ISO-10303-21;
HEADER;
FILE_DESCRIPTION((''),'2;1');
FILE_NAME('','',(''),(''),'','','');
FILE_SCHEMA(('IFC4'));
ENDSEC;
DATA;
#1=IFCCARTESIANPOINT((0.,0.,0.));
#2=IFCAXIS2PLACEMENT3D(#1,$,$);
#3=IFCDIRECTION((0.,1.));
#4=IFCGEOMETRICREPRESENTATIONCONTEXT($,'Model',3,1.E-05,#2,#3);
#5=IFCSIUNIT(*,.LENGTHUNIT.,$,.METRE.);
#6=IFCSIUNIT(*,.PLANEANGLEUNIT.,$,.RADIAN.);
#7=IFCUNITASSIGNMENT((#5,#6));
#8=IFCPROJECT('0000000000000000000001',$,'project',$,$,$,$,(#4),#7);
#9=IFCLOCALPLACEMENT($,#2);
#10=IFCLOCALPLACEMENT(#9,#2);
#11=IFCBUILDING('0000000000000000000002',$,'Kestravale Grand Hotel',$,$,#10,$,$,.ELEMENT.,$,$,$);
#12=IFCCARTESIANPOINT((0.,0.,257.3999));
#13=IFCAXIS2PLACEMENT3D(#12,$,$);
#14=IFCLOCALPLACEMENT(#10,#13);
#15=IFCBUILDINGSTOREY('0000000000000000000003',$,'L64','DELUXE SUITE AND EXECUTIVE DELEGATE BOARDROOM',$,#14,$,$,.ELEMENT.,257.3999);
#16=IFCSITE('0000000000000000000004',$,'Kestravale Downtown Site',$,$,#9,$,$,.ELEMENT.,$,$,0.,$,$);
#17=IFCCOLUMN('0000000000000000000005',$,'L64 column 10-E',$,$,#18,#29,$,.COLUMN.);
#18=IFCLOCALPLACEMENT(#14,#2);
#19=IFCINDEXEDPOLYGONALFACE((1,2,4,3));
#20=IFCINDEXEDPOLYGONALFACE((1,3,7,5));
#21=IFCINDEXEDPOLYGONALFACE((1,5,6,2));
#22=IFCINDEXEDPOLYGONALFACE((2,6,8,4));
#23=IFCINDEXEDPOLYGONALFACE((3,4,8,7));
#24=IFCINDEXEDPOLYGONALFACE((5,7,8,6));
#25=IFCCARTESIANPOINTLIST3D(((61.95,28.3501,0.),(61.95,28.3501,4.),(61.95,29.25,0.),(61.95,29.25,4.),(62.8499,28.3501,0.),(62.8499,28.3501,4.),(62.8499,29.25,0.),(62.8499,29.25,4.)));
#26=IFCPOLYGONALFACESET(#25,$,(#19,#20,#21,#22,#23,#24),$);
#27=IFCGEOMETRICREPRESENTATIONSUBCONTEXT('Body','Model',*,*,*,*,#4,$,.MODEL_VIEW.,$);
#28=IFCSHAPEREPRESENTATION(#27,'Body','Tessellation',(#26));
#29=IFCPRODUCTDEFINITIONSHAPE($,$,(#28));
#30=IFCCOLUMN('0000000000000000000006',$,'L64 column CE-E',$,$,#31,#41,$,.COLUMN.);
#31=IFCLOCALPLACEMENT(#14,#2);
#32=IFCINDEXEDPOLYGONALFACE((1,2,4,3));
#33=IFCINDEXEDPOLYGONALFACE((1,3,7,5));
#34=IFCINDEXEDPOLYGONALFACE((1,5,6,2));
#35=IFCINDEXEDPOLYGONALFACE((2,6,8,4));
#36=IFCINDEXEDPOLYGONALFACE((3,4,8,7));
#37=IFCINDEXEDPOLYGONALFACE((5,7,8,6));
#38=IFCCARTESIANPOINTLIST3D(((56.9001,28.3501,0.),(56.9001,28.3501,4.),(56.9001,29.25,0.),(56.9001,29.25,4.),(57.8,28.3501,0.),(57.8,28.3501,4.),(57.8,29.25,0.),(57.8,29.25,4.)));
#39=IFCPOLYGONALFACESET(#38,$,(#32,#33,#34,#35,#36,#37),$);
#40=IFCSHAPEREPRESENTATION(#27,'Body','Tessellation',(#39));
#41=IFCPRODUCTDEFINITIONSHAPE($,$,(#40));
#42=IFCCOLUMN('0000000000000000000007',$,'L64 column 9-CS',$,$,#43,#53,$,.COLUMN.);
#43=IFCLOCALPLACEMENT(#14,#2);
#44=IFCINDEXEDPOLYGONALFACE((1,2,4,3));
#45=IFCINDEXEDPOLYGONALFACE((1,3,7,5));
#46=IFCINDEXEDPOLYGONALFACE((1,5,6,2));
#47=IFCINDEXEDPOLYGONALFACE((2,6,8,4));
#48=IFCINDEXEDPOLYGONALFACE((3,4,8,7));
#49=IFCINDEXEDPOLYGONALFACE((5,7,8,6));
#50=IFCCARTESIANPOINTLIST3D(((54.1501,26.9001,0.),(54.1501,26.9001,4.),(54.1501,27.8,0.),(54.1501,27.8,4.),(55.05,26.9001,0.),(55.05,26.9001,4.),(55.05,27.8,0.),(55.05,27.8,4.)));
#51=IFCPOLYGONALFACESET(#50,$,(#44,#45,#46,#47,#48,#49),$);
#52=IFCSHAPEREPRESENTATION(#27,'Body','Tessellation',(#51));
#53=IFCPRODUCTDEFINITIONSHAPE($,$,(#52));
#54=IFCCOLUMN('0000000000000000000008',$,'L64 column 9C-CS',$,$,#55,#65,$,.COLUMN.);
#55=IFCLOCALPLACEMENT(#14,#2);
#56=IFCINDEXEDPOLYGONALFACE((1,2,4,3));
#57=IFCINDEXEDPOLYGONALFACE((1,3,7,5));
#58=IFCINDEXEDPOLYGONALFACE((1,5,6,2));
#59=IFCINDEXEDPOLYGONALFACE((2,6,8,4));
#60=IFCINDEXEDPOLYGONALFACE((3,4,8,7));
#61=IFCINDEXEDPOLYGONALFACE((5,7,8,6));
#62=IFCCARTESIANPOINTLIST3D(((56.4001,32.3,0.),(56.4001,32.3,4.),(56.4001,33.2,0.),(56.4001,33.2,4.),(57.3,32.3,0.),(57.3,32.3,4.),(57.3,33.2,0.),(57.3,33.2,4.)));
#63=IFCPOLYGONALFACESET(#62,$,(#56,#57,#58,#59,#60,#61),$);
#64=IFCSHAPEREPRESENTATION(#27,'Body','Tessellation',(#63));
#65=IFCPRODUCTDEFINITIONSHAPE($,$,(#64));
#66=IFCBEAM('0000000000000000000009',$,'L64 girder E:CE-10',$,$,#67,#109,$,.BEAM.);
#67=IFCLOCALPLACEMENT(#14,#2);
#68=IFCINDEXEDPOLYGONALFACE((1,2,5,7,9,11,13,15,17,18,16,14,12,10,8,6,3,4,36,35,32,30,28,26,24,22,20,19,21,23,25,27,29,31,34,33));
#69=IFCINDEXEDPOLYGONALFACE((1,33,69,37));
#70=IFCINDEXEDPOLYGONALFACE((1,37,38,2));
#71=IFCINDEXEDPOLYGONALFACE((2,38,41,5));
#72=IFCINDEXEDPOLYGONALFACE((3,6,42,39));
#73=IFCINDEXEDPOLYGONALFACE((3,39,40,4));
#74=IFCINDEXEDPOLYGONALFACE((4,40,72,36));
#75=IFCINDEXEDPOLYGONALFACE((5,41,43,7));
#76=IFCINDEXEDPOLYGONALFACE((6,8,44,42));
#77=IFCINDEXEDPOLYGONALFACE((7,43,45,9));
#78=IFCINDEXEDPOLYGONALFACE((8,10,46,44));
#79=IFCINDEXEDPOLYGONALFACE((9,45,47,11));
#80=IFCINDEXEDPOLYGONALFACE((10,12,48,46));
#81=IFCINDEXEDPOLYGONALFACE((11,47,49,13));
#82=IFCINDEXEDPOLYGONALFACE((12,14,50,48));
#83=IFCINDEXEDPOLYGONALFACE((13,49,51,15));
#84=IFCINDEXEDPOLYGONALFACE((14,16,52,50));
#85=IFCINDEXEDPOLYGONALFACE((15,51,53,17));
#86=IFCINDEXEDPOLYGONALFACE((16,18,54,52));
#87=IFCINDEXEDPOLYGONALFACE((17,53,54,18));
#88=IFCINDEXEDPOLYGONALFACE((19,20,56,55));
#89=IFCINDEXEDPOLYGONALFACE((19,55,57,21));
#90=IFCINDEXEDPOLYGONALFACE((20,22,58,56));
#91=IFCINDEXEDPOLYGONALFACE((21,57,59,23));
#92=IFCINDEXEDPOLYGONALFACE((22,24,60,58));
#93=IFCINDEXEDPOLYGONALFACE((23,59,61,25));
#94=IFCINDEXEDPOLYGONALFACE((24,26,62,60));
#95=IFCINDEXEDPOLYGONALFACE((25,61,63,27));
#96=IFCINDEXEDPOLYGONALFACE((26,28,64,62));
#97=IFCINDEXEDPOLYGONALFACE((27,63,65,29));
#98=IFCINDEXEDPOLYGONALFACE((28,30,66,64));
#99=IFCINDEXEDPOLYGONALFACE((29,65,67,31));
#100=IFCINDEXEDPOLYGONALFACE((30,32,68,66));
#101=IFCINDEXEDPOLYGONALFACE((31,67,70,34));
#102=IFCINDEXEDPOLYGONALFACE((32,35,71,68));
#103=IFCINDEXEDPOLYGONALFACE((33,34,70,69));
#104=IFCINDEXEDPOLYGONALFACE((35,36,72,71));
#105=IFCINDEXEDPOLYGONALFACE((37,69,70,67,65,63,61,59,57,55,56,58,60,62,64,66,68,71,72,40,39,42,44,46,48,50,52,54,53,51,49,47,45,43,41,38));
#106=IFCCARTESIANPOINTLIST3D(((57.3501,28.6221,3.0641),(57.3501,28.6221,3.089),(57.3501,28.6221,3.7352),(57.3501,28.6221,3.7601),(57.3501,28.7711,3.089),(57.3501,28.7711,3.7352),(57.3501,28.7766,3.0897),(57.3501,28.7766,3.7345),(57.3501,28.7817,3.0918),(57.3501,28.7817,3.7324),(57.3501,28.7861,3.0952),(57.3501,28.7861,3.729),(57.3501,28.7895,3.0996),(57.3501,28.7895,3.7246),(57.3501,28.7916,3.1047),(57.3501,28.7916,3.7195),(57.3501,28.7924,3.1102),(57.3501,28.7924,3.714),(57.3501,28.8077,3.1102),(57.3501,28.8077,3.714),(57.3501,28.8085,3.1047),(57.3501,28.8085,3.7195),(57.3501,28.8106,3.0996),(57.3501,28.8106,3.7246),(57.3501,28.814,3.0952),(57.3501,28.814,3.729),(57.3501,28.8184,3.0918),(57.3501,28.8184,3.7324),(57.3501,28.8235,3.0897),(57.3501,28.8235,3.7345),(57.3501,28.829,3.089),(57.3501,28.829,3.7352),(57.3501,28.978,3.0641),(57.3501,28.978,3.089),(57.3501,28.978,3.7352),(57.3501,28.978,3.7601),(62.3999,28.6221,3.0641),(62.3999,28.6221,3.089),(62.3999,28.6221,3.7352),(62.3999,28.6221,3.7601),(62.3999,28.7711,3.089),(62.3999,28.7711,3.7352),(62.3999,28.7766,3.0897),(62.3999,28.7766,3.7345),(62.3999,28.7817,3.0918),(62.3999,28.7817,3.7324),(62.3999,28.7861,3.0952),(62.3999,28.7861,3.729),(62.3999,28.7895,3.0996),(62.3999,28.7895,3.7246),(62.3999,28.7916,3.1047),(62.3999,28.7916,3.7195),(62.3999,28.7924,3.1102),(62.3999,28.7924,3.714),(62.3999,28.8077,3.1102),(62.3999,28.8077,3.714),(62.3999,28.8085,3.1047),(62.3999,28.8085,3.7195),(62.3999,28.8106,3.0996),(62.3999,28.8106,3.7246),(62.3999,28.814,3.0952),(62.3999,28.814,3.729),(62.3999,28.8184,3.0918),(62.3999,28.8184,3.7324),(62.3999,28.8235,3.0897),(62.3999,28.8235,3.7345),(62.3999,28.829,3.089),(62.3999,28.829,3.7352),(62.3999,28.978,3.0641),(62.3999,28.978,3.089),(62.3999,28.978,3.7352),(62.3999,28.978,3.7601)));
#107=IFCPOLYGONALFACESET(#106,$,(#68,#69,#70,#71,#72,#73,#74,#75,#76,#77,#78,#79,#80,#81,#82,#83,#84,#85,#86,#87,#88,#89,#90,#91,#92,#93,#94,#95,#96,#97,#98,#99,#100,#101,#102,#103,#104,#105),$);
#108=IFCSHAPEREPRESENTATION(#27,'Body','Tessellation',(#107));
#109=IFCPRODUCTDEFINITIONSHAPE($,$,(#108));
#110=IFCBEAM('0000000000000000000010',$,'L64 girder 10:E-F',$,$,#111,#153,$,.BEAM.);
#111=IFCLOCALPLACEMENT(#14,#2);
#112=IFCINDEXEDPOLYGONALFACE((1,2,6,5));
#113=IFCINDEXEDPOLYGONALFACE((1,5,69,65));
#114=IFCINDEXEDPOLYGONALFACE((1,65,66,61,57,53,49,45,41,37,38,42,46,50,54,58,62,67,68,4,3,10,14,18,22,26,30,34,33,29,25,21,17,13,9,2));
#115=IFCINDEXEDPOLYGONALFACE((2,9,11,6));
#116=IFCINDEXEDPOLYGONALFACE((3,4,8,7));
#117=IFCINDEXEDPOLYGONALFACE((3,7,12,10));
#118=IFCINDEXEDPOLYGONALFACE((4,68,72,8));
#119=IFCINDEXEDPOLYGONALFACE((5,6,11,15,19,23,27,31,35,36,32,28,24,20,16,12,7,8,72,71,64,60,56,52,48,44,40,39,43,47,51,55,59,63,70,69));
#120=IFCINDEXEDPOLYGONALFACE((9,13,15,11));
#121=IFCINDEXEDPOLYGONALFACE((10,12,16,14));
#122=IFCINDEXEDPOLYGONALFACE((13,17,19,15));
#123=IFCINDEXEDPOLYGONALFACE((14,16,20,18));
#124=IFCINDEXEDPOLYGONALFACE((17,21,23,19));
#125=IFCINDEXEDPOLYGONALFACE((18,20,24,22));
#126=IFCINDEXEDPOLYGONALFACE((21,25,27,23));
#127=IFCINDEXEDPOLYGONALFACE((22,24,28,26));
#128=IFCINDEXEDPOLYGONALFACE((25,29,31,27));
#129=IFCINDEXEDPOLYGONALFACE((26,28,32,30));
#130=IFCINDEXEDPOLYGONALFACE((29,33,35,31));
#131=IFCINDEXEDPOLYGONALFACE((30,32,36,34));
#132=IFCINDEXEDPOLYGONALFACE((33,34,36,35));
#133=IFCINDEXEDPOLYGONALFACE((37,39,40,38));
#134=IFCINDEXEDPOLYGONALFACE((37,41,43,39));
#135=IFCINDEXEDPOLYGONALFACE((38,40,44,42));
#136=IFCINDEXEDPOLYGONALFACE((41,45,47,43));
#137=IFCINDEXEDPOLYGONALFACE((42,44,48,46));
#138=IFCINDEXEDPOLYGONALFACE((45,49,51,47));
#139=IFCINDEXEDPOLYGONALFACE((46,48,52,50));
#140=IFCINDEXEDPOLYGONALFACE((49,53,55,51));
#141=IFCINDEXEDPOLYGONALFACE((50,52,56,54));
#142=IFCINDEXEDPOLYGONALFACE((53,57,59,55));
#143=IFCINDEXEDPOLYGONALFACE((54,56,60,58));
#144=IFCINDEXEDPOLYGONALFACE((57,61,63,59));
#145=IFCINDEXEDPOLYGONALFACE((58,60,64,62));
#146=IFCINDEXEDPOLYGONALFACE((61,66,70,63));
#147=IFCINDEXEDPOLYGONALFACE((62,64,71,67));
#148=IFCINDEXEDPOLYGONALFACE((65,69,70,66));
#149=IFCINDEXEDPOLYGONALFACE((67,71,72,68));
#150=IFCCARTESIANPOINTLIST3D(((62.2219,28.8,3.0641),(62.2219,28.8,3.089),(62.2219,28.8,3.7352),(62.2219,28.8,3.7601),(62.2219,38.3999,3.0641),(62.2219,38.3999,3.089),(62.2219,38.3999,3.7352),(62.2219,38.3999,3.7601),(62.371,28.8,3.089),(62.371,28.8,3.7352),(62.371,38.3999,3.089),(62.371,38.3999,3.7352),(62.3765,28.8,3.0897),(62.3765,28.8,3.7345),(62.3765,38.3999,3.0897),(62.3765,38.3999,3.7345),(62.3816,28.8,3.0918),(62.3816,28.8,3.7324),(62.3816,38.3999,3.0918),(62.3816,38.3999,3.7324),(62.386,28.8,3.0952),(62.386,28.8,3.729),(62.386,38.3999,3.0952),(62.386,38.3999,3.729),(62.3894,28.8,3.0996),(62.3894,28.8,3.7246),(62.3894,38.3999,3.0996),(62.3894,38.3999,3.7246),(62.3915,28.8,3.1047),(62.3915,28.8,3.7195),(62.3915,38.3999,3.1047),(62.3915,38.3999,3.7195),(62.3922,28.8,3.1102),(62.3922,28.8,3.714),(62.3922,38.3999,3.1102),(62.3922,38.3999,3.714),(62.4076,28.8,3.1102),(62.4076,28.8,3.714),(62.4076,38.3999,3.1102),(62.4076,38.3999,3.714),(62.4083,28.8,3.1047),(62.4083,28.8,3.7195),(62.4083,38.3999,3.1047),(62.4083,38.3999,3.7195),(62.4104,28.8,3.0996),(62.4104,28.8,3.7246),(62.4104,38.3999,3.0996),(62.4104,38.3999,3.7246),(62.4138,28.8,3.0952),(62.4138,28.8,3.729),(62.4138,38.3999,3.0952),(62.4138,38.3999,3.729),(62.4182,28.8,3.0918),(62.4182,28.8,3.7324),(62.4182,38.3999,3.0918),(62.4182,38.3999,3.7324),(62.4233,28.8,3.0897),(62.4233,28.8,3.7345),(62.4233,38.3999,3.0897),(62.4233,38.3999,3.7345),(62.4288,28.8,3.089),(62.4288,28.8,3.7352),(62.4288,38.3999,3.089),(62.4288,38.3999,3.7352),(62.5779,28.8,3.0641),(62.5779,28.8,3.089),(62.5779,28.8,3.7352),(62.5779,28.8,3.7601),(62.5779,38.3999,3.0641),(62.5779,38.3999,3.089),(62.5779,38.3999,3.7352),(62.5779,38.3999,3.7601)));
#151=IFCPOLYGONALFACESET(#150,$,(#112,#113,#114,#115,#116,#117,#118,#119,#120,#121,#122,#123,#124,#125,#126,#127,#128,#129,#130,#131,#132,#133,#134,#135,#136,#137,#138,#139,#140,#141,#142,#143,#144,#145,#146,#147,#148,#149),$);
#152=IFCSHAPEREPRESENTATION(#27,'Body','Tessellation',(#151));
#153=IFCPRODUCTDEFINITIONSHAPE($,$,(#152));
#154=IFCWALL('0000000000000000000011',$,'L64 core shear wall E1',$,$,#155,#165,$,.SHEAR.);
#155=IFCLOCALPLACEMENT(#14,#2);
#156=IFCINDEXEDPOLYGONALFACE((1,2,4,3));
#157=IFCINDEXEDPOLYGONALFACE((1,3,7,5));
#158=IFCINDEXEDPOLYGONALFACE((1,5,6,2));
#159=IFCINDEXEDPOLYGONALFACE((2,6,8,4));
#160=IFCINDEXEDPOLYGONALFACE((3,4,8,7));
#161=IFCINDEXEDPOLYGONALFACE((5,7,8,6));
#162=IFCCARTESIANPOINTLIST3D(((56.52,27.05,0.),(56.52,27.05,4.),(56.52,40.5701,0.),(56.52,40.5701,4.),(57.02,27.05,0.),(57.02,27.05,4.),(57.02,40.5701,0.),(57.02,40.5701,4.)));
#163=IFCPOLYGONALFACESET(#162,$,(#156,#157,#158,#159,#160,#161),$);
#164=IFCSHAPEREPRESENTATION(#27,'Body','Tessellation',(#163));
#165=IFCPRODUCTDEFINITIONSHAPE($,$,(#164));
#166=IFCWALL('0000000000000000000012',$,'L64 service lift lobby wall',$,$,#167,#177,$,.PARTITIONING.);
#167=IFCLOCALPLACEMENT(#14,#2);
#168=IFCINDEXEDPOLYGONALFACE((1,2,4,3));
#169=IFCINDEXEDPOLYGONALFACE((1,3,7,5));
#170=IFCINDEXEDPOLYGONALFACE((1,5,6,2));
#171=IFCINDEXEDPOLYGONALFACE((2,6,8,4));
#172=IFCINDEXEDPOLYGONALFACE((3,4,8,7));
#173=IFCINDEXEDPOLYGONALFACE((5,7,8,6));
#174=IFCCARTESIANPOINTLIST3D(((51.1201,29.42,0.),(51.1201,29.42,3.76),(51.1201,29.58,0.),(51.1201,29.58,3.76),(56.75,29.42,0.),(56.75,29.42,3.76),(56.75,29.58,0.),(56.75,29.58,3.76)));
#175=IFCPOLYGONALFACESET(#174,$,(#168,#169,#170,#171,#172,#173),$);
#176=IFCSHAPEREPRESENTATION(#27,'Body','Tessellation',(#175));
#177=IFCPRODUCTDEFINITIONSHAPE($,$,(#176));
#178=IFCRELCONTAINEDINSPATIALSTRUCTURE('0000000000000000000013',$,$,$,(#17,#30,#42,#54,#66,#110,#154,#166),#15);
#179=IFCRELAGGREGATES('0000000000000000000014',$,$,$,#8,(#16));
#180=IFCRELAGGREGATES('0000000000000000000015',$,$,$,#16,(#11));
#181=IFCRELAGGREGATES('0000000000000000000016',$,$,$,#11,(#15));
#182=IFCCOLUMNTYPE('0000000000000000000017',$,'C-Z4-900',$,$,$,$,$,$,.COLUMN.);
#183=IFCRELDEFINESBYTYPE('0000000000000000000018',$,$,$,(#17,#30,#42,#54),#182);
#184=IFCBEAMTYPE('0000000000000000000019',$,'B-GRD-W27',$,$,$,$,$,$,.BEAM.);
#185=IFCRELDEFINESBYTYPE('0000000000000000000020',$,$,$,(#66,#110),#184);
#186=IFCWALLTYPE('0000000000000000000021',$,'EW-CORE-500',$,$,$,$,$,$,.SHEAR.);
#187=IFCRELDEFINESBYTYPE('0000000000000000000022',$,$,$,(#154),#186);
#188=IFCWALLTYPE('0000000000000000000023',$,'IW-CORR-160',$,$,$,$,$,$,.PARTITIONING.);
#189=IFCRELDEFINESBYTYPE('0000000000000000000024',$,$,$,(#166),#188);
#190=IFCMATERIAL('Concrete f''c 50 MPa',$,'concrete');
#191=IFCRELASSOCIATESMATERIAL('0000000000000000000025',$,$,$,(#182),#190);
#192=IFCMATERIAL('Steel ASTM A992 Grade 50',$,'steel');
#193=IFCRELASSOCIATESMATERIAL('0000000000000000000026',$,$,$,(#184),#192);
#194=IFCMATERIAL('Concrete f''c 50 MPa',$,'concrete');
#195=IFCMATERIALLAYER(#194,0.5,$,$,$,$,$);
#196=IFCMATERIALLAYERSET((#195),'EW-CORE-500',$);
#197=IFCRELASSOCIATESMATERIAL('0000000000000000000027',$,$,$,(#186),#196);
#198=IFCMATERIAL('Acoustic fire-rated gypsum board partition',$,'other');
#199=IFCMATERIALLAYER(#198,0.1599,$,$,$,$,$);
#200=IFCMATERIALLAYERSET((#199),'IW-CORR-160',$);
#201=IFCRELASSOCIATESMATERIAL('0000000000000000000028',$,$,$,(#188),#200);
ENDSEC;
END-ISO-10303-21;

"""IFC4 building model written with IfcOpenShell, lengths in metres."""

from ifc_helpers import new_model, si_unit, direction, frame, frame_2d, origin, origin_2d, place, context, subcontext, project, spatial, rectangle, i_section, extrude, material, layer, layer_set, material_profile, profile_set, type_object, element, save


model = new_model("IFC4")

# Units and contexts
model_context = context("Model", 3, precision=1e-05, world=origin(), true_north=direction((0.0, 1.0)))
body_context = subcontext(model_context, "Body", "Model", "MODEL_VIEW")
ifc_project = project(units=[si_unit("LENGTHUNIT", "METRE"), si_unit("PLANEANGLEUNIT", "RADIAN")], contexts=[model_context])

# Site, building, storey
site_placement = place(None, origin())
site = spatial("IfcSite", under=ifc_project, at=site_placement, Name="Kestravale Downtown Site", CompositionType="ELEMENT", RefElevation=0.0)
building_placement = place(site_placement, origin())
building = spatial("IfcBuilding", under=site, at=building_placement, Name="Kestravale Grand Hotel", CompositionType="ELEMENT")
storey_placement = place(building_placement, frame((0.0, 0.0, 257.3999)))
storey = spatial("IfcBuildingStorey", under=building, at=storey_placement, Name="L64", Description="DELUXE SUITE AND EXECUTIVE DELEGATE BOARDROOM", CompositionType="ELEMENT", Elevation=257.3999)

# Columns
ifc_material_1 = material(Name="Concrete f'c 50 MPa", Category="concrete")
ifc_material_profile_1 = material_profile(ifc_material_1, rectangle(XDim=0.8999, YDim=0.8999, at=origin_2d()))
ifc_profile_set_1 = profile_set([ifc_material_profile_1], Name="Concrete f'c 50 MPa")
column_type = type_object("IfcColumnType", Name="C-Z4-900", PredefinedType="COLUMN", material=ifc_profile_set_1)
for number, where, z_axis, x_axis, name in (
    (1, (62.3999, 28.8, 0.0), (0.0, 0.0, 1.0), (1.0, 0.0, 0.0), "L64 column 10-E"),
    (2, (57.3501, 28.8, 0.0), (0.0, 0.0, 1.0), (1.0, 0.0, 0.0), "L64 column CE-E"),
    (3, (54.6001, 27.3501, 0.0), (0.0, 0.0, 1.0), (1.0, 0.0, 0.0), "L64 column 9-CS"),
    (4, (56.8501, 32.75, 0.0), (0.0, 0.0, 1.0), (1.0, 0.0, 0.0), "L64 column 9C-CS"),
):
    element("IfcColumn", number, at=place(storey_placement, frame(where, z_axis=z_axis, x_axis=x_axis)), inside=storey, type_object=column_type, Name=name, PredefinedType="COLUMN", context=body_context, shape_type="SweptSolid", body=[
        extrude(rectangle(XDim=0.8999, YDim=0.8999, at=origin_2d()), origin(), (0.0, 0.0, 1.0), 4.0),
    ])

# Beams
ifc_material_2 = material(Name="Steel ASTM A992 Grade 50", Category="steel")
ifc_material_profile_2 = material_profile(ifc_material_2, i_section(OverallWidth=0.356, OverallDepth=0.696, WebThickness=0.0154, FlangeThickness=0.0249, FilletRadius=0.0212, at=origin_2d()))
ifc_profile_set_2 = profile_set([ifc_material_profile_2], Name="Steel ASTM A992 Grade 50")
beam_type = type_object("IfcBeamType", Name="B-GRD-W27", PredefinedType="BEAM", material=ifc_profile_set_2)
beam_1_placement = place(storey_placement, frame((57.3501, 28.8, 3.4121), z_axis=(1.0, 0.0, 0.0), x_axis=(0.0, 1.0, 0.0)))
element("IfcBeam", 5, at=beam_1_placement, inside=storey, type_object=beam_type, Name="L64 girder E:CE-10", PredefinedType="BEAM", context=body_context, shape_type="SweptSolid", body=[
    extrude(i_section(OverallWidth=0.356, OverallDepth=0.696, WebThickness=0.0154, FlangeThickness=0.0249, FilletRadius=0.0212, at=origin_2d()), origin(), (0.0, 0.0, 1.0), 5.0498),
])
beam_2_placement = place(storey_placement, frame((62.3999, 28.8, 3.4121), z_axis=(0.0, 1.0, 0.0), x_axis=(-1.0, 0.0, 0.0)))
element("IfcBeam", 6, at=beam_2_placement, inside=storey, type_object=beam_type, Name="L64 girder 10:E-F", PredefinedType="BEAM", context=body_context, shape_type="SweptSolid", body=[
    extrude(i_section(OverallWidth=0.356, OverallDepth=0.696, WebThickness=0.0154, FlangeThickness=0.0249, FilletRadius=0.0212, at=origin_2d()), origin(), (0.0, 0.0, 1.0), 9.5999),
])

# Wall
ifc_material_3 = material(Name="Concrete f'c 50 MPa", Category="concrete")
ifc_layer_1 = layer(ifc_material_3, 0.5)
ifc_layer_set_1 = layer_set([ifc_layer_1], Name="EW-CORE-500")
wall_type_1 = type_object("IfcWallType", Name="EW-CORE-500", PredefinedType="SHEAR", material=ifc_layer_set_1)
wall_1_placement = place(storey_placement, frame((56.77, 27.05, 0.0), z_axis=(0.0, 0.0, 1.0), x_axis=(0.0, 1.0, 0.0)))
element("IfcWall", 7, at=wall_1_placement, inside=storey, type_object=wall_type_1, Name="L64 core shear wall E1", PredefinedType="SHEAR", context=body_context, shape_type="SweptSolid", body=[
    extrude(rectangle(XDim=13.52, YDim=0.5, at=frame_2d((6.76, 0.0))), origin(), (0.0, 0.0, 1.0), 4.0),
])

# Shared definitions
ifc_material_4 = material(Name="Acoustic fire-rated gypsum board partition", Category="other")
ifc_layer_2 = layer(ifc_material_4, 0.1599)
ifc_layer_set_2 = layer_set([ifc_layer_2], Name="IW-CORR-160")
wall_type_2 = type_object("IfcWallType", Name="IW-CORR-160", PredefinedType="PARTITIONING", material=ifc_layer_set_2)

# Wall
wall_2_placement = place(storey_placement, frame((51.1201, 29.5, 0.0), z_axis=(0.0, 0.0, 1.0), x_axis=(1.0, 0.0, 0.0)))
element("IfcWall", 8, at=wall_2_placement, inside=storey, type_object=wall_type_2, Name="L64 service lift lobby wall", PredefinedType="PARTITIONING", context=body_context, shape_type="SweptSolid", body=[
    extrude(rectangle(XDim=5.6299, YDim=0.1599, at=frame_2d((2.8149, 0.0))), origin(), (0.0, 0.0, 1.0), 3.76),
])

save(model, "model.ifc")
